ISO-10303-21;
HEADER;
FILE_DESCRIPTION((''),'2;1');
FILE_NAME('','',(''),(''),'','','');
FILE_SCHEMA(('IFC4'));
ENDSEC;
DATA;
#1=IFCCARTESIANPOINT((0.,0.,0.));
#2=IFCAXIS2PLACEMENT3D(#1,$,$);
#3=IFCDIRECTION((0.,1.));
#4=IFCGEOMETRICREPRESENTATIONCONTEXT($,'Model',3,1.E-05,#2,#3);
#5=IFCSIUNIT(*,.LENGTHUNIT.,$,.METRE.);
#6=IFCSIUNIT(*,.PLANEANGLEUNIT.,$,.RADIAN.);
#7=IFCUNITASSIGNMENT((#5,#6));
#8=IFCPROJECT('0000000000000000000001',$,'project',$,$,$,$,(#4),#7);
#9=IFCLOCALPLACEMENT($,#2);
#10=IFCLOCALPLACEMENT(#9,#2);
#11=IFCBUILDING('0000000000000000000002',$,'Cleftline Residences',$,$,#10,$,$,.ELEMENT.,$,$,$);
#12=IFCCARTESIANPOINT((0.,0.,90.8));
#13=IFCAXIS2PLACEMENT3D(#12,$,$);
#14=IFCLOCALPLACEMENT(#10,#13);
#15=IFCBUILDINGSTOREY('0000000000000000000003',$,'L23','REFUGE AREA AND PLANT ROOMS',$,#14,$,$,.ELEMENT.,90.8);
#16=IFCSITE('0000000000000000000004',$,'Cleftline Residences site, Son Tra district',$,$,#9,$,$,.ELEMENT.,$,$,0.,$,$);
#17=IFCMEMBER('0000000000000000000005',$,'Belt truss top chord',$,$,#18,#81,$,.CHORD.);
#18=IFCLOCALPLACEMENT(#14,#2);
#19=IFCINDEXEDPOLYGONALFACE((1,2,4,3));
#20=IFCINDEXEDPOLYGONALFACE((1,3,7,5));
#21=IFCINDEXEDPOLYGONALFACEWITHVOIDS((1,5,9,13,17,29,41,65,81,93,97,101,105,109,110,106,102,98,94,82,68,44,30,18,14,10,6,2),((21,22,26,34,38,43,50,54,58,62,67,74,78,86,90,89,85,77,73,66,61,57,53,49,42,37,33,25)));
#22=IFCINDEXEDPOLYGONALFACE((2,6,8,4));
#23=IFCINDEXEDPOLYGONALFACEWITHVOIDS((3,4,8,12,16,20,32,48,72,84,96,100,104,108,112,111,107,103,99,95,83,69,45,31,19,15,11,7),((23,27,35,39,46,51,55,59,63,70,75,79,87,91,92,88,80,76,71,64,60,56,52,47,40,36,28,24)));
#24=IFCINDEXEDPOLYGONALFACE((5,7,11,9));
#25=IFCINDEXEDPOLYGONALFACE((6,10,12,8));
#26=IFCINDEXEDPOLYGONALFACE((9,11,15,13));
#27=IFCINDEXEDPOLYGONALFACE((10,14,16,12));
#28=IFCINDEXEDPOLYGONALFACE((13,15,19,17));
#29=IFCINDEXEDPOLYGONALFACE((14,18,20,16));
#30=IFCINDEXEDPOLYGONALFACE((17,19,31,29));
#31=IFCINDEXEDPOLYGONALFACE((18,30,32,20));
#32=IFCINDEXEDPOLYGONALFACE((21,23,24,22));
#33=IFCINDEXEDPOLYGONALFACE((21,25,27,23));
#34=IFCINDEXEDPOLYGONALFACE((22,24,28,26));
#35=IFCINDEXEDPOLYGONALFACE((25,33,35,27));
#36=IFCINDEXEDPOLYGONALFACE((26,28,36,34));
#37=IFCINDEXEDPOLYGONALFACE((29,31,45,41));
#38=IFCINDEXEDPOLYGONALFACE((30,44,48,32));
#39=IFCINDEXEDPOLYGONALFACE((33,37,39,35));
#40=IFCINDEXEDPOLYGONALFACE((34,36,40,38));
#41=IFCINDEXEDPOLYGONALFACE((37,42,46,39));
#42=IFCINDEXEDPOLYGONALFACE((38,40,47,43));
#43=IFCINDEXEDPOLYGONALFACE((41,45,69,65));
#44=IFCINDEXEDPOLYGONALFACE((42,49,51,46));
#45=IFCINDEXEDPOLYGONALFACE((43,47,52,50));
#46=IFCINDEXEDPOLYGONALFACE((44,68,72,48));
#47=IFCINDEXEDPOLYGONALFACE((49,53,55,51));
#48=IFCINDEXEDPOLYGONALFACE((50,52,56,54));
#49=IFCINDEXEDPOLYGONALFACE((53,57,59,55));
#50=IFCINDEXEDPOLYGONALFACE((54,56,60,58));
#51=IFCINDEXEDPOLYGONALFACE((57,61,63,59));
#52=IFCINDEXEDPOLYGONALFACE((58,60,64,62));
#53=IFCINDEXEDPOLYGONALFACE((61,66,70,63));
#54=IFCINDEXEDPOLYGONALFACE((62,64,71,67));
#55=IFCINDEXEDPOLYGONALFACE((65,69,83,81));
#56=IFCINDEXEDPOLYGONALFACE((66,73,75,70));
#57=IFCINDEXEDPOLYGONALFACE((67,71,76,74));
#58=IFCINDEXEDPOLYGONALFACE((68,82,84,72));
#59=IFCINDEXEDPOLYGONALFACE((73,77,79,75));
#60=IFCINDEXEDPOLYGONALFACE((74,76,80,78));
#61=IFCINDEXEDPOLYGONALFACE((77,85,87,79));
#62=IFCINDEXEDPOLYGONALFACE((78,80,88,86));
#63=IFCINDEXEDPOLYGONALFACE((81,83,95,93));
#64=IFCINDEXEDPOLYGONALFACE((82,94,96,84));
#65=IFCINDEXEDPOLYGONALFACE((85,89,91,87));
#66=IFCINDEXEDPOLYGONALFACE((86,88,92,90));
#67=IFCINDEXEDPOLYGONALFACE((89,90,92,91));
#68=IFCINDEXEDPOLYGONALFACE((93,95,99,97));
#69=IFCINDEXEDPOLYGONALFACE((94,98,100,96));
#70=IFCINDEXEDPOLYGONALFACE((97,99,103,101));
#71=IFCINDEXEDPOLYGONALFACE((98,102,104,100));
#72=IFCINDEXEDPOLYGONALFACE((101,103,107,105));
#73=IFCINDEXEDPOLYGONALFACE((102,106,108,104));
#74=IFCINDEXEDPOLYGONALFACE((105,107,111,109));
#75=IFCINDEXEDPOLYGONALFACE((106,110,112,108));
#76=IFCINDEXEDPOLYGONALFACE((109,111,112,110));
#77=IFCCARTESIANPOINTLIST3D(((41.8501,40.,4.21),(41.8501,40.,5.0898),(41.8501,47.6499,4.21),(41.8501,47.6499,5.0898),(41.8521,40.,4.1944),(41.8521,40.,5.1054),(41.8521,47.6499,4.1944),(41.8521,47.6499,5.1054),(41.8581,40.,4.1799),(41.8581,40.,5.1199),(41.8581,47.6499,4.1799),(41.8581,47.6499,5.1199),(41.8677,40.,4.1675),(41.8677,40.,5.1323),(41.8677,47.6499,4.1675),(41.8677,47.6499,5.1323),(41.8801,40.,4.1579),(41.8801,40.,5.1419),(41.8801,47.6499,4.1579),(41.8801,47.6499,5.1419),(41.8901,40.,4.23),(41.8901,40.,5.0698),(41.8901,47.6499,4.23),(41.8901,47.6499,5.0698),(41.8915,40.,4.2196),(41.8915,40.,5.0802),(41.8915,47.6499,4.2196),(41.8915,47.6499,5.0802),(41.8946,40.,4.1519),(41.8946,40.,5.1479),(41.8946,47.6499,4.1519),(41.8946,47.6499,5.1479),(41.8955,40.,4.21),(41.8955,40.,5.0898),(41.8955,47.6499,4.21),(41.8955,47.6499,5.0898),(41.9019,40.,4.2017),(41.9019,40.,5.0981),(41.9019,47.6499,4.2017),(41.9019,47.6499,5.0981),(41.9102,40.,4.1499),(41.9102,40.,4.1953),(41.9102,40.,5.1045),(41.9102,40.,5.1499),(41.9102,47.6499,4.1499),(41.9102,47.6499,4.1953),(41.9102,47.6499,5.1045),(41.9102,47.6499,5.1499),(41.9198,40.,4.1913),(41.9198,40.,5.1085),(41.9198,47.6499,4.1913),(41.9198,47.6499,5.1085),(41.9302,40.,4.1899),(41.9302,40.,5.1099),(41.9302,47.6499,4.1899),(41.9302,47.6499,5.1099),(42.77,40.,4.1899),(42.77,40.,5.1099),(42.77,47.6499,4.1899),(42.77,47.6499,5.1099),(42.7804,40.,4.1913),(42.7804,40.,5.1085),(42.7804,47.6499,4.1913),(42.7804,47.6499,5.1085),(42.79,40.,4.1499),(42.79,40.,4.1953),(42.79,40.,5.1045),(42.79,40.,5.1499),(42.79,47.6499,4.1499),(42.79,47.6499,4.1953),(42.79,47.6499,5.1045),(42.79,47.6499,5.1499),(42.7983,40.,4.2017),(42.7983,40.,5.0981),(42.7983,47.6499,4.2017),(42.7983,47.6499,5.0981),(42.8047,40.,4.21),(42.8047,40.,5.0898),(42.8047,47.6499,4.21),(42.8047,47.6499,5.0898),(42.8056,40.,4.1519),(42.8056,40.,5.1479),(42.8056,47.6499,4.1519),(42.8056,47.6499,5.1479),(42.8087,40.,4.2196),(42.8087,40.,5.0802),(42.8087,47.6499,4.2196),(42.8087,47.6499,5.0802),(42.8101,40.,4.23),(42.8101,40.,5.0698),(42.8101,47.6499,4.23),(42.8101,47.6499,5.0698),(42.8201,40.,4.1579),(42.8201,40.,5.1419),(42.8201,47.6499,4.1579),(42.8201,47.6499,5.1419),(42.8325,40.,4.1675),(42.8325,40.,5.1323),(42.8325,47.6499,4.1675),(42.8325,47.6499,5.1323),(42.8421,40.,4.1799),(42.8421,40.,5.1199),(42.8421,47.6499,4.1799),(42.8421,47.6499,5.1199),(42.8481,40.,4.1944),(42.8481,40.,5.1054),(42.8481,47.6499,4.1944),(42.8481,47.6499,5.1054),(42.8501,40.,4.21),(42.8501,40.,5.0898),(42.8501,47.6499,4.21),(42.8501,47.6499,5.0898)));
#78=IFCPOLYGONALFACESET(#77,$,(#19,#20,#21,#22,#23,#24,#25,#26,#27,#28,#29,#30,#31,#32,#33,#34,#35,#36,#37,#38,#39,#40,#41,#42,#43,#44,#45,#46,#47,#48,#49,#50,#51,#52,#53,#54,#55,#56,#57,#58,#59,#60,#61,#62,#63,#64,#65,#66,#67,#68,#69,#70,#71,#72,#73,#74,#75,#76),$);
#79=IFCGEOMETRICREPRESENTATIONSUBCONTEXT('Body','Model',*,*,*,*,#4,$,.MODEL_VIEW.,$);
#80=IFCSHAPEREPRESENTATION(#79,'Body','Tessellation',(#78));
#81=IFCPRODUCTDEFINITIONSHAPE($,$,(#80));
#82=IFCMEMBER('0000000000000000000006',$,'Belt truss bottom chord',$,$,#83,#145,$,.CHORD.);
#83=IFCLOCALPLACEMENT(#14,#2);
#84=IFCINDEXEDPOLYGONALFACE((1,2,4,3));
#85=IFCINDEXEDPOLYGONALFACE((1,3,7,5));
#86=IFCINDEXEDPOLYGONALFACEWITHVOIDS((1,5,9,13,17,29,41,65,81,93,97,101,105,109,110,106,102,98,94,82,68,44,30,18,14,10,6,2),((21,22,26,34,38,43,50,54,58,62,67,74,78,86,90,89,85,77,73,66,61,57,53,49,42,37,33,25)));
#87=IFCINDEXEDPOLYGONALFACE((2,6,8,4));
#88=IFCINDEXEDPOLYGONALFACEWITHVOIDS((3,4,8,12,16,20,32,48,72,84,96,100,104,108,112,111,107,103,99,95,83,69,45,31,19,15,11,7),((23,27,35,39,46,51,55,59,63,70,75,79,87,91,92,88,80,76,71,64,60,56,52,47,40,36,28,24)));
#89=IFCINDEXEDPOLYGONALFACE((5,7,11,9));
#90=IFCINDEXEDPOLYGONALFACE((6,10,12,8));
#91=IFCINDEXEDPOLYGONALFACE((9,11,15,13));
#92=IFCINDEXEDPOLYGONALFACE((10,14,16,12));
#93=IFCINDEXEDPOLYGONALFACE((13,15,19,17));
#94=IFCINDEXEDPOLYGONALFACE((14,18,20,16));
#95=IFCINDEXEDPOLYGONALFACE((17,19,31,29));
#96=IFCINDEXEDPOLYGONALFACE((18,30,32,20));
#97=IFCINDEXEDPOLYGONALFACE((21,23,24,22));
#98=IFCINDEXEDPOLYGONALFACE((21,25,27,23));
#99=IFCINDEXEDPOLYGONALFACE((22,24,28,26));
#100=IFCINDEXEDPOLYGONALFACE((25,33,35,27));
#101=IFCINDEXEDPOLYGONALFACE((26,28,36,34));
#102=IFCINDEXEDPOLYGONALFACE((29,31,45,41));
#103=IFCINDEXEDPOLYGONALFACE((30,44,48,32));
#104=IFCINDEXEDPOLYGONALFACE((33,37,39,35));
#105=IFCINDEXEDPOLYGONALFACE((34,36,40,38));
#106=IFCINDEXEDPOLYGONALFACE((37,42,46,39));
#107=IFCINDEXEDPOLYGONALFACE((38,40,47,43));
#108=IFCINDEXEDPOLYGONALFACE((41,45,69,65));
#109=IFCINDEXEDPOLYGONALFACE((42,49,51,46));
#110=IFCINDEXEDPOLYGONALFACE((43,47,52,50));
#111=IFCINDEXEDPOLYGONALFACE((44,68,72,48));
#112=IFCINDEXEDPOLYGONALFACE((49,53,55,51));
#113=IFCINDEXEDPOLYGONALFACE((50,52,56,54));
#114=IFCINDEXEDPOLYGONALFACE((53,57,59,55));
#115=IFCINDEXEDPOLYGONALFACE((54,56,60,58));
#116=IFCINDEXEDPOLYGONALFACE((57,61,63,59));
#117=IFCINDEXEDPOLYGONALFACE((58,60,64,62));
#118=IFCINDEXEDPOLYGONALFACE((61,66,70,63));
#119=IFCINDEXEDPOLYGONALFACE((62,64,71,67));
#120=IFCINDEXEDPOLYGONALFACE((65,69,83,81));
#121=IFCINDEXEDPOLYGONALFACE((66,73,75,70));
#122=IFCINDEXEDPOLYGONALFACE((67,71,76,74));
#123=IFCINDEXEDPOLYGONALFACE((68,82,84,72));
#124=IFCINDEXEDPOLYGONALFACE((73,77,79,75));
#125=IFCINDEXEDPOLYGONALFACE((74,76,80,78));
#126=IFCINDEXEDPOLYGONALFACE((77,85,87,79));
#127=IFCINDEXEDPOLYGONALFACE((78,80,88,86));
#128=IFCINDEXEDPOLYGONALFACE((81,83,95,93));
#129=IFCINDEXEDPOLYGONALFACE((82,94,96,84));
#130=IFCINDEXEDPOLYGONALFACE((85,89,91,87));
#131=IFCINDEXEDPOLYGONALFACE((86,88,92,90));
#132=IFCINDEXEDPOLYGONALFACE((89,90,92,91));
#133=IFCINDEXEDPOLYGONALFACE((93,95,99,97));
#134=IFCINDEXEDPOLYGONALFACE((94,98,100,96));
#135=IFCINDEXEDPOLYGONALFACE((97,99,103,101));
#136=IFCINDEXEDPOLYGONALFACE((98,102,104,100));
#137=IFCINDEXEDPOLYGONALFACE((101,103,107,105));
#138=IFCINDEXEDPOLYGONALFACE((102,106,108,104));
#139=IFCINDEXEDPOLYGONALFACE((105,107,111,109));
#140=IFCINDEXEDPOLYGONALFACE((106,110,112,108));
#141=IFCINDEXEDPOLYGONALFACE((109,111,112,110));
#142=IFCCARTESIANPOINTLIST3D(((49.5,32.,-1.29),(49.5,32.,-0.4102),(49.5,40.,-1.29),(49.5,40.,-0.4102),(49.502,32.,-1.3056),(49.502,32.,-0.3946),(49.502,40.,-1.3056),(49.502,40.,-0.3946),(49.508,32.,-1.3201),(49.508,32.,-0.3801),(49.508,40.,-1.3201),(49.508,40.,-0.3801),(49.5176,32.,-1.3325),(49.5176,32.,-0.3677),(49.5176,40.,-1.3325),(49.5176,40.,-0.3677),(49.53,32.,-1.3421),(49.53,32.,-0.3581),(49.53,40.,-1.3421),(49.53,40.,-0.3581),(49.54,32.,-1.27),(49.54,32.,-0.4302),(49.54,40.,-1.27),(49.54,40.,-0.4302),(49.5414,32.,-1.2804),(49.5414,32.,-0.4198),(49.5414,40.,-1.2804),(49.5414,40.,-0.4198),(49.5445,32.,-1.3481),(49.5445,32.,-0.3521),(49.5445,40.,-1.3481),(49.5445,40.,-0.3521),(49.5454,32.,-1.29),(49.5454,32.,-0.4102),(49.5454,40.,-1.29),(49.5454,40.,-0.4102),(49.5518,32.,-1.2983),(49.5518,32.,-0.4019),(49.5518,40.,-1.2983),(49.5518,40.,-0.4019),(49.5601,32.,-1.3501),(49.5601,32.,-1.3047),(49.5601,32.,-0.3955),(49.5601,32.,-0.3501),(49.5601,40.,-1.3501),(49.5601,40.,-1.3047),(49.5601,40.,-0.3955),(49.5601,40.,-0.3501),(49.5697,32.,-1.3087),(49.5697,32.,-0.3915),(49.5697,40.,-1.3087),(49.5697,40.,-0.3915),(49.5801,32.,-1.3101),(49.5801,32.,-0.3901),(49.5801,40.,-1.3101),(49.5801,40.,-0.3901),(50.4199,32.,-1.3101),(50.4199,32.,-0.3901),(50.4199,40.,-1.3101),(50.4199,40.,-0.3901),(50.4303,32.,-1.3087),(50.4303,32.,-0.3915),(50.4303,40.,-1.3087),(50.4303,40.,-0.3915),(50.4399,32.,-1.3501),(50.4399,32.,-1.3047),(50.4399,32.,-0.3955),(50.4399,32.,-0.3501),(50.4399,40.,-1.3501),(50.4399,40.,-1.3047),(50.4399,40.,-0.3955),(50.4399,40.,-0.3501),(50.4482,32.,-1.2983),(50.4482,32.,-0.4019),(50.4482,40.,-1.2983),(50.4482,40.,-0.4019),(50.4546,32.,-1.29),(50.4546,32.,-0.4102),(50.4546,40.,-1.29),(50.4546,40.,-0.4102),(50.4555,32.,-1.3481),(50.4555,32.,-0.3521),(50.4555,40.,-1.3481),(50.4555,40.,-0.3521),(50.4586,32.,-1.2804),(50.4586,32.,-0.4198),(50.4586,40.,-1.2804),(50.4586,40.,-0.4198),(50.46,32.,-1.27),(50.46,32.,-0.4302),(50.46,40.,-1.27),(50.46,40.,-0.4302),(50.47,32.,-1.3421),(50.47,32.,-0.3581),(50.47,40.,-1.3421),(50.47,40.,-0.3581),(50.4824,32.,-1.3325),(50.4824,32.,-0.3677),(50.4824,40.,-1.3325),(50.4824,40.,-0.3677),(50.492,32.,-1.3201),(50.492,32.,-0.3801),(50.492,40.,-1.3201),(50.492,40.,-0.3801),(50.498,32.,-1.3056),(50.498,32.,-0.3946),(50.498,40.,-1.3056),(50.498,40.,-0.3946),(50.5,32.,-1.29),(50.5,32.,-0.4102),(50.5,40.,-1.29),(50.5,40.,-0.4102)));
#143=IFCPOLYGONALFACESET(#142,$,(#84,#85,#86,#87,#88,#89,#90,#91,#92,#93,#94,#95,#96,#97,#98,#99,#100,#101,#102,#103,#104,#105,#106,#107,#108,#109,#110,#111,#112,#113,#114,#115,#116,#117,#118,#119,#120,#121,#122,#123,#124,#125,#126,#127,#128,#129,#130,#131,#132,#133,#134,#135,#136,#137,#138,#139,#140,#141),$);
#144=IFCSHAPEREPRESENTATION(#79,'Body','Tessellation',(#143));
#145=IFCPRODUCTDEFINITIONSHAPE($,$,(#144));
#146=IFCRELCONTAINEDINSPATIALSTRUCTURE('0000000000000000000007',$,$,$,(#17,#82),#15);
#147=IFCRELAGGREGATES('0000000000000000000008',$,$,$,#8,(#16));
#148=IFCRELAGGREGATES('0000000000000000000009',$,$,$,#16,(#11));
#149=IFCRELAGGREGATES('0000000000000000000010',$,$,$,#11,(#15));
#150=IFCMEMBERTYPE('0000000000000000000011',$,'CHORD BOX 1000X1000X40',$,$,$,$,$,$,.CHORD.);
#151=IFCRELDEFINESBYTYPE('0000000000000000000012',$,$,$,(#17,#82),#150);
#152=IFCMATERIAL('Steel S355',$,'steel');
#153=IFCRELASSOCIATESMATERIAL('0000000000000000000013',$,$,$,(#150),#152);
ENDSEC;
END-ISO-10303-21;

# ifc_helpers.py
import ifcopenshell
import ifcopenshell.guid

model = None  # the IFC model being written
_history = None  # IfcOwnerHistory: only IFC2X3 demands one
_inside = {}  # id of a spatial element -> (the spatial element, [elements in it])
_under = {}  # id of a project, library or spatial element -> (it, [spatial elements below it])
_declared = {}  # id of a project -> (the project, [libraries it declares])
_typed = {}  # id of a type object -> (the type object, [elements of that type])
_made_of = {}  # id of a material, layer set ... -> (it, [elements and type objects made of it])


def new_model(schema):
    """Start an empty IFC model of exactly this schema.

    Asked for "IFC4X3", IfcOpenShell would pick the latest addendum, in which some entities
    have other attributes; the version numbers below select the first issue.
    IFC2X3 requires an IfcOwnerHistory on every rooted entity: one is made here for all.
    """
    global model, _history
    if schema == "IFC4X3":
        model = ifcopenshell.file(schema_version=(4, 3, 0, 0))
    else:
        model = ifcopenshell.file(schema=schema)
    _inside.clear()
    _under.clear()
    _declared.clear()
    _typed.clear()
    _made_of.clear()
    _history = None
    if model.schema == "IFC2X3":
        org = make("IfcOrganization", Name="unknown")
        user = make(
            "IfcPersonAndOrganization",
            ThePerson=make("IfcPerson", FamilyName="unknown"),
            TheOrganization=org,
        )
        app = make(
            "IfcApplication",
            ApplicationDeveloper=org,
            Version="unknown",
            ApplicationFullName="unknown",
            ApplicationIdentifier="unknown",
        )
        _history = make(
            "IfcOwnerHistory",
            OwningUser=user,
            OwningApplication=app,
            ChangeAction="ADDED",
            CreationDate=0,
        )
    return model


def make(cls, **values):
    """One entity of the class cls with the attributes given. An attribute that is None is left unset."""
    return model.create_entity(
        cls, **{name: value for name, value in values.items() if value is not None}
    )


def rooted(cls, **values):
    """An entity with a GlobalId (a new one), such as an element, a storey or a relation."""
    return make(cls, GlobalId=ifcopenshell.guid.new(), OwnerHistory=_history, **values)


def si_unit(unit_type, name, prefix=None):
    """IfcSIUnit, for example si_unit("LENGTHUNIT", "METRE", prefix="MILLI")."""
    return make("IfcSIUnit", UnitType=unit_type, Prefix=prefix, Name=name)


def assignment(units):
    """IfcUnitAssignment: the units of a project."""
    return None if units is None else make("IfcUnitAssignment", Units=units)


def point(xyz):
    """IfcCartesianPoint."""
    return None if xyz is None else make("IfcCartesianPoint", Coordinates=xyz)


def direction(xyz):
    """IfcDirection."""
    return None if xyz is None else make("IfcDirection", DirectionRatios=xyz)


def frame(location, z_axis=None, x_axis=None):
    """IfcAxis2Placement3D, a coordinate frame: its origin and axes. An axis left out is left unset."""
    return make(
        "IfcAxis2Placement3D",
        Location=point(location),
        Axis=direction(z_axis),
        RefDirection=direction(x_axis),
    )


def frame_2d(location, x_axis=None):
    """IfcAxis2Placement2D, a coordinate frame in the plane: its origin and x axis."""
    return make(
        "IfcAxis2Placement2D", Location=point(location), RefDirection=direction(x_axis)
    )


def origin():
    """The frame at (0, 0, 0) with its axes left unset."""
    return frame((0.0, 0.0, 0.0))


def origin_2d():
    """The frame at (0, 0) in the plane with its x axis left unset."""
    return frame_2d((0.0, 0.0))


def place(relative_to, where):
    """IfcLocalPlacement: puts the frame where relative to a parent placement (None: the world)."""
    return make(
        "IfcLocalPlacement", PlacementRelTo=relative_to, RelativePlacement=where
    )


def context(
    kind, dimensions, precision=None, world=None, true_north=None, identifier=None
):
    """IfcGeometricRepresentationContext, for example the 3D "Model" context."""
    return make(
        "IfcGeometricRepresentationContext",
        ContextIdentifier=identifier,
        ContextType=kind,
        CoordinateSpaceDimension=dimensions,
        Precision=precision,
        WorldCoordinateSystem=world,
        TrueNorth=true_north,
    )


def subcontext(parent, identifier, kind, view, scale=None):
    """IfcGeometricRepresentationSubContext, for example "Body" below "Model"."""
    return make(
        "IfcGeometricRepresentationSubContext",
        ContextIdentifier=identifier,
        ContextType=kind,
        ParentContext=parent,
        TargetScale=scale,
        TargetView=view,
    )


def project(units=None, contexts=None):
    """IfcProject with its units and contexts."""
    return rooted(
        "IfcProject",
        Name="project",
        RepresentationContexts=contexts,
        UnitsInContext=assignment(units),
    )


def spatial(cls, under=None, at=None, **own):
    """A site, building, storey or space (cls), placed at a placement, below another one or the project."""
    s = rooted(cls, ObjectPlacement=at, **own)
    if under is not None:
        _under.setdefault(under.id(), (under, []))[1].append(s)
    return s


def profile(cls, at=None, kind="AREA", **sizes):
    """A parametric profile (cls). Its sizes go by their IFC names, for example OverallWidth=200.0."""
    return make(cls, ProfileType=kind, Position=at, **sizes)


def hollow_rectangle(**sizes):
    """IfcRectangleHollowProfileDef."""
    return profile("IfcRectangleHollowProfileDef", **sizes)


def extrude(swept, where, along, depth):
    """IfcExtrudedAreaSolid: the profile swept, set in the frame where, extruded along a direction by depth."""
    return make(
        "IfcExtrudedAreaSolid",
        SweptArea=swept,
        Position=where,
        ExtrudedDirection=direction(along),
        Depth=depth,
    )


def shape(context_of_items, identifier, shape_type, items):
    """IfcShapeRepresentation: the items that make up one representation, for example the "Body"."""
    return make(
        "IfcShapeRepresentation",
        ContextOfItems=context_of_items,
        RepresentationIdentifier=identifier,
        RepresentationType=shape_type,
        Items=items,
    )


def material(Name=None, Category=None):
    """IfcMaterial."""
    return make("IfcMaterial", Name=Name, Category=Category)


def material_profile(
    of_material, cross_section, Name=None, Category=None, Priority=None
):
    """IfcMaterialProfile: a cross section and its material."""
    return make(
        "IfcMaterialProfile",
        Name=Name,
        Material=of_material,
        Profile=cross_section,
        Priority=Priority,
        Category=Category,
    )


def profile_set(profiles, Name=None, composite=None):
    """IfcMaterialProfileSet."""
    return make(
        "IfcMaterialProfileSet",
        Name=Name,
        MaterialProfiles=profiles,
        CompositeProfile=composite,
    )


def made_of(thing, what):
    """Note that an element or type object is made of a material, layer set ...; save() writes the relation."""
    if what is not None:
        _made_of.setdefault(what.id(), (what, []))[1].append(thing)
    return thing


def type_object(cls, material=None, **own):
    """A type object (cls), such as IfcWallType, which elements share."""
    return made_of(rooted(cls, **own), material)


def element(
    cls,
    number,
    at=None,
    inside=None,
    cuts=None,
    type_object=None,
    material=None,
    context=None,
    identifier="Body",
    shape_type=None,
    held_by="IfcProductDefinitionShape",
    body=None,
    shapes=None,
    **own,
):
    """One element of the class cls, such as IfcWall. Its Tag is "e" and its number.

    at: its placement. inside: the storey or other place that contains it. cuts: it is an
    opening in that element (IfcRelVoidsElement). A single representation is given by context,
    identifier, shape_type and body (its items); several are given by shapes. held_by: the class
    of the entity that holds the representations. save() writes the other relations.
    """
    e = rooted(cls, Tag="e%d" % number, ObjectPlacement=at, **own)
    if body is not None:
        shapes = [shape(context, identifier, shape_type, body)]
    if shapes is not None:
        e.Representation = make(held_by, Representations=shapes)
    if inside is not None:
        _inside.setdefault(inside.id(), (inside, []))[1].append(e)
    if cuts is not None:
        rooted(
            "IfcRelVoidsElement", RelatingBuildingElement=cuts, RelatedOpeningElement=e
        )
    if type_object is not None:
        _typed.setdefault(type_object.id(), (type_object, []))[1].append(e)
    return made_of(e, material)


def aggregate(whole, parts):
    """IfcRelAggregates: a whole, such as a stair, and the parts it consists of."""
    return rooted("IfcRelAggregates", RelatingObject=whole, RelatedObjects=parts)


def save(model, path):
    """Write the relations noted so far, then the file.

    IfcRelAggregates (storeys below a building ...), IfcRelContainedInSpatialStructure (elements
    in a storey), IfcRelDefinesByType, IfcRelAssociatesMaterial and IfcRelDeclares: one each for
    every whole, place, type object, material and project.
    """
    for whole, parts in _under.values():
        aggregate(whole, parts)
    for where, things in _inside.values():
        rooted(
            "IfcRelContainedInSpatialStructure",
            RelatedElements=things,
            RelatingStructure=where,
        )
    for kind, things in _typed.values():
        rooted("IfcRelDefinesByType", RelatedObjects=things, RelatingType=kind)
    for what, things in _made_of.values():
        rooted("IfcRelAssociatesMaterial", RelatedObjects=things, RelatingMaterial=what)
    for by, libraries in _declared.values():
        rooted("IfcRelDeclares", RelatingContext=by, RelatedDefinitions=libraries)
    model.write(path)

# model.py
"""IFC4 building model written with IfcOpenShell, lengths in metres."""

from ifc_helpers import new_model, si_unit, direction, frame, origin, origin_2d, place, context, subcontext, project, spatial, hollow_rectangle, extrude, material, material_profile, profile_set, type_object, element, save


model = new_model("IFC4")

# Units and contexts
model_context = context("Model", 3, precision=1e-05, world=origin(), true_north=direction((0.0, 1.0)))
body_context = subcontext(model_context, "Body", "Model", "MODEL_VIEW")
ifc_project = project(units=[si_unit("LENGTHUNIT", "METRE"), si_unit("PLANEANGLEUNIT", "RADIAN")], contexts=[model_context])

# Site, building, storey
site_placement = place(None, origin())
site = spatial("IfcSite", under=ifc_project, at=site_placement, Name="Cleftline Residences site, Son Tra district", CompositionType="ELEMENT", RefElevation=0.0)
building_placement = place(site_placement, origin())
building = spatial("IfcBuilding", under=site, at=building_placement, Name="Cleftline Residences", CompositionType="ELEMENT")
storey_placement = place(building_placement, frame((0.0, 0.0, 90.8)))
storey = spatial("IfcBuildingStorey", under=building, at=storey_placement, Name="L23", Description="REFUGE AREA AND PLANT ROOMS", CompositionType="ELEMENT", Elevation=90.8)

# Members
ifc_material_1 = material(Name="Steel S355", Category="steel")
ifc_material_profile_1 = material_profile(ifc_material_1, hollow_rectangle(XDim=1.0, YDim=1.0, WallThickness=0.04, InnerFilletRadius=0.04, OuterFilletRadius=0.0601, at=origin_2d()))
ifc_profile_set_1 = profile_set([ifc_material_profile_1], Name="Steel S355")
member_type_1 = type_object("IfcMemberType", Name="CHORD BOX 1000X1000X40", PredefinedType="CHORD", material=ifc_profile_set_1)
member_1_placement = place(storey_placement, frame((42.3501, 40.0, 4.6499), z_axis=(0.0, 1.0, 0.0), x_axis=(-1.0, 0.0, 0.0)))
element("IfcMember", 1, at=member_1_placement, inside=storey, type_object=member_type_1, Name="Belt truss top chord", PredefinedType="CHORD", context=body_context, shape_type="SweptSolid", body=[
    extrude(hollow_rectangle(XDim=1.0, YDim=1.0, WallThickness=0.04, InnerFilletRadius=0.04, OuterFilletRadius=0.0601, at=origin_2d()), origin(), (0.0, 0.0, 1.0), 7.6499),
])
for number, where, z_axis, x_axis, name in (
    (2, (50.0, 32.0, -0.8501), (0.0, 1.0, 0.0), (-1.0, 0.0, 0.0), "Belt truss bottom chord"),
):
    element("IfcMember", number, at=place(storey_placement, frame(where, z_axis=z_axis, x_axis=x_axis)), inside=storey, type_object=member_type_1, Name=name, PredefinedType="CHORD", context=body_context, shape_type="SweptSolid", body=[
        extrude(hollow_rectangle(XDim=1.0, YDim=1.0, WallThickness=0.04, InnerFilletRadius=0.04, OuterFilletRadius=0.0601, at=origin_2d()), origin(), (0.0, 0.0, 1.0), 8.0),
    ])

save(model, "model.ifc")
